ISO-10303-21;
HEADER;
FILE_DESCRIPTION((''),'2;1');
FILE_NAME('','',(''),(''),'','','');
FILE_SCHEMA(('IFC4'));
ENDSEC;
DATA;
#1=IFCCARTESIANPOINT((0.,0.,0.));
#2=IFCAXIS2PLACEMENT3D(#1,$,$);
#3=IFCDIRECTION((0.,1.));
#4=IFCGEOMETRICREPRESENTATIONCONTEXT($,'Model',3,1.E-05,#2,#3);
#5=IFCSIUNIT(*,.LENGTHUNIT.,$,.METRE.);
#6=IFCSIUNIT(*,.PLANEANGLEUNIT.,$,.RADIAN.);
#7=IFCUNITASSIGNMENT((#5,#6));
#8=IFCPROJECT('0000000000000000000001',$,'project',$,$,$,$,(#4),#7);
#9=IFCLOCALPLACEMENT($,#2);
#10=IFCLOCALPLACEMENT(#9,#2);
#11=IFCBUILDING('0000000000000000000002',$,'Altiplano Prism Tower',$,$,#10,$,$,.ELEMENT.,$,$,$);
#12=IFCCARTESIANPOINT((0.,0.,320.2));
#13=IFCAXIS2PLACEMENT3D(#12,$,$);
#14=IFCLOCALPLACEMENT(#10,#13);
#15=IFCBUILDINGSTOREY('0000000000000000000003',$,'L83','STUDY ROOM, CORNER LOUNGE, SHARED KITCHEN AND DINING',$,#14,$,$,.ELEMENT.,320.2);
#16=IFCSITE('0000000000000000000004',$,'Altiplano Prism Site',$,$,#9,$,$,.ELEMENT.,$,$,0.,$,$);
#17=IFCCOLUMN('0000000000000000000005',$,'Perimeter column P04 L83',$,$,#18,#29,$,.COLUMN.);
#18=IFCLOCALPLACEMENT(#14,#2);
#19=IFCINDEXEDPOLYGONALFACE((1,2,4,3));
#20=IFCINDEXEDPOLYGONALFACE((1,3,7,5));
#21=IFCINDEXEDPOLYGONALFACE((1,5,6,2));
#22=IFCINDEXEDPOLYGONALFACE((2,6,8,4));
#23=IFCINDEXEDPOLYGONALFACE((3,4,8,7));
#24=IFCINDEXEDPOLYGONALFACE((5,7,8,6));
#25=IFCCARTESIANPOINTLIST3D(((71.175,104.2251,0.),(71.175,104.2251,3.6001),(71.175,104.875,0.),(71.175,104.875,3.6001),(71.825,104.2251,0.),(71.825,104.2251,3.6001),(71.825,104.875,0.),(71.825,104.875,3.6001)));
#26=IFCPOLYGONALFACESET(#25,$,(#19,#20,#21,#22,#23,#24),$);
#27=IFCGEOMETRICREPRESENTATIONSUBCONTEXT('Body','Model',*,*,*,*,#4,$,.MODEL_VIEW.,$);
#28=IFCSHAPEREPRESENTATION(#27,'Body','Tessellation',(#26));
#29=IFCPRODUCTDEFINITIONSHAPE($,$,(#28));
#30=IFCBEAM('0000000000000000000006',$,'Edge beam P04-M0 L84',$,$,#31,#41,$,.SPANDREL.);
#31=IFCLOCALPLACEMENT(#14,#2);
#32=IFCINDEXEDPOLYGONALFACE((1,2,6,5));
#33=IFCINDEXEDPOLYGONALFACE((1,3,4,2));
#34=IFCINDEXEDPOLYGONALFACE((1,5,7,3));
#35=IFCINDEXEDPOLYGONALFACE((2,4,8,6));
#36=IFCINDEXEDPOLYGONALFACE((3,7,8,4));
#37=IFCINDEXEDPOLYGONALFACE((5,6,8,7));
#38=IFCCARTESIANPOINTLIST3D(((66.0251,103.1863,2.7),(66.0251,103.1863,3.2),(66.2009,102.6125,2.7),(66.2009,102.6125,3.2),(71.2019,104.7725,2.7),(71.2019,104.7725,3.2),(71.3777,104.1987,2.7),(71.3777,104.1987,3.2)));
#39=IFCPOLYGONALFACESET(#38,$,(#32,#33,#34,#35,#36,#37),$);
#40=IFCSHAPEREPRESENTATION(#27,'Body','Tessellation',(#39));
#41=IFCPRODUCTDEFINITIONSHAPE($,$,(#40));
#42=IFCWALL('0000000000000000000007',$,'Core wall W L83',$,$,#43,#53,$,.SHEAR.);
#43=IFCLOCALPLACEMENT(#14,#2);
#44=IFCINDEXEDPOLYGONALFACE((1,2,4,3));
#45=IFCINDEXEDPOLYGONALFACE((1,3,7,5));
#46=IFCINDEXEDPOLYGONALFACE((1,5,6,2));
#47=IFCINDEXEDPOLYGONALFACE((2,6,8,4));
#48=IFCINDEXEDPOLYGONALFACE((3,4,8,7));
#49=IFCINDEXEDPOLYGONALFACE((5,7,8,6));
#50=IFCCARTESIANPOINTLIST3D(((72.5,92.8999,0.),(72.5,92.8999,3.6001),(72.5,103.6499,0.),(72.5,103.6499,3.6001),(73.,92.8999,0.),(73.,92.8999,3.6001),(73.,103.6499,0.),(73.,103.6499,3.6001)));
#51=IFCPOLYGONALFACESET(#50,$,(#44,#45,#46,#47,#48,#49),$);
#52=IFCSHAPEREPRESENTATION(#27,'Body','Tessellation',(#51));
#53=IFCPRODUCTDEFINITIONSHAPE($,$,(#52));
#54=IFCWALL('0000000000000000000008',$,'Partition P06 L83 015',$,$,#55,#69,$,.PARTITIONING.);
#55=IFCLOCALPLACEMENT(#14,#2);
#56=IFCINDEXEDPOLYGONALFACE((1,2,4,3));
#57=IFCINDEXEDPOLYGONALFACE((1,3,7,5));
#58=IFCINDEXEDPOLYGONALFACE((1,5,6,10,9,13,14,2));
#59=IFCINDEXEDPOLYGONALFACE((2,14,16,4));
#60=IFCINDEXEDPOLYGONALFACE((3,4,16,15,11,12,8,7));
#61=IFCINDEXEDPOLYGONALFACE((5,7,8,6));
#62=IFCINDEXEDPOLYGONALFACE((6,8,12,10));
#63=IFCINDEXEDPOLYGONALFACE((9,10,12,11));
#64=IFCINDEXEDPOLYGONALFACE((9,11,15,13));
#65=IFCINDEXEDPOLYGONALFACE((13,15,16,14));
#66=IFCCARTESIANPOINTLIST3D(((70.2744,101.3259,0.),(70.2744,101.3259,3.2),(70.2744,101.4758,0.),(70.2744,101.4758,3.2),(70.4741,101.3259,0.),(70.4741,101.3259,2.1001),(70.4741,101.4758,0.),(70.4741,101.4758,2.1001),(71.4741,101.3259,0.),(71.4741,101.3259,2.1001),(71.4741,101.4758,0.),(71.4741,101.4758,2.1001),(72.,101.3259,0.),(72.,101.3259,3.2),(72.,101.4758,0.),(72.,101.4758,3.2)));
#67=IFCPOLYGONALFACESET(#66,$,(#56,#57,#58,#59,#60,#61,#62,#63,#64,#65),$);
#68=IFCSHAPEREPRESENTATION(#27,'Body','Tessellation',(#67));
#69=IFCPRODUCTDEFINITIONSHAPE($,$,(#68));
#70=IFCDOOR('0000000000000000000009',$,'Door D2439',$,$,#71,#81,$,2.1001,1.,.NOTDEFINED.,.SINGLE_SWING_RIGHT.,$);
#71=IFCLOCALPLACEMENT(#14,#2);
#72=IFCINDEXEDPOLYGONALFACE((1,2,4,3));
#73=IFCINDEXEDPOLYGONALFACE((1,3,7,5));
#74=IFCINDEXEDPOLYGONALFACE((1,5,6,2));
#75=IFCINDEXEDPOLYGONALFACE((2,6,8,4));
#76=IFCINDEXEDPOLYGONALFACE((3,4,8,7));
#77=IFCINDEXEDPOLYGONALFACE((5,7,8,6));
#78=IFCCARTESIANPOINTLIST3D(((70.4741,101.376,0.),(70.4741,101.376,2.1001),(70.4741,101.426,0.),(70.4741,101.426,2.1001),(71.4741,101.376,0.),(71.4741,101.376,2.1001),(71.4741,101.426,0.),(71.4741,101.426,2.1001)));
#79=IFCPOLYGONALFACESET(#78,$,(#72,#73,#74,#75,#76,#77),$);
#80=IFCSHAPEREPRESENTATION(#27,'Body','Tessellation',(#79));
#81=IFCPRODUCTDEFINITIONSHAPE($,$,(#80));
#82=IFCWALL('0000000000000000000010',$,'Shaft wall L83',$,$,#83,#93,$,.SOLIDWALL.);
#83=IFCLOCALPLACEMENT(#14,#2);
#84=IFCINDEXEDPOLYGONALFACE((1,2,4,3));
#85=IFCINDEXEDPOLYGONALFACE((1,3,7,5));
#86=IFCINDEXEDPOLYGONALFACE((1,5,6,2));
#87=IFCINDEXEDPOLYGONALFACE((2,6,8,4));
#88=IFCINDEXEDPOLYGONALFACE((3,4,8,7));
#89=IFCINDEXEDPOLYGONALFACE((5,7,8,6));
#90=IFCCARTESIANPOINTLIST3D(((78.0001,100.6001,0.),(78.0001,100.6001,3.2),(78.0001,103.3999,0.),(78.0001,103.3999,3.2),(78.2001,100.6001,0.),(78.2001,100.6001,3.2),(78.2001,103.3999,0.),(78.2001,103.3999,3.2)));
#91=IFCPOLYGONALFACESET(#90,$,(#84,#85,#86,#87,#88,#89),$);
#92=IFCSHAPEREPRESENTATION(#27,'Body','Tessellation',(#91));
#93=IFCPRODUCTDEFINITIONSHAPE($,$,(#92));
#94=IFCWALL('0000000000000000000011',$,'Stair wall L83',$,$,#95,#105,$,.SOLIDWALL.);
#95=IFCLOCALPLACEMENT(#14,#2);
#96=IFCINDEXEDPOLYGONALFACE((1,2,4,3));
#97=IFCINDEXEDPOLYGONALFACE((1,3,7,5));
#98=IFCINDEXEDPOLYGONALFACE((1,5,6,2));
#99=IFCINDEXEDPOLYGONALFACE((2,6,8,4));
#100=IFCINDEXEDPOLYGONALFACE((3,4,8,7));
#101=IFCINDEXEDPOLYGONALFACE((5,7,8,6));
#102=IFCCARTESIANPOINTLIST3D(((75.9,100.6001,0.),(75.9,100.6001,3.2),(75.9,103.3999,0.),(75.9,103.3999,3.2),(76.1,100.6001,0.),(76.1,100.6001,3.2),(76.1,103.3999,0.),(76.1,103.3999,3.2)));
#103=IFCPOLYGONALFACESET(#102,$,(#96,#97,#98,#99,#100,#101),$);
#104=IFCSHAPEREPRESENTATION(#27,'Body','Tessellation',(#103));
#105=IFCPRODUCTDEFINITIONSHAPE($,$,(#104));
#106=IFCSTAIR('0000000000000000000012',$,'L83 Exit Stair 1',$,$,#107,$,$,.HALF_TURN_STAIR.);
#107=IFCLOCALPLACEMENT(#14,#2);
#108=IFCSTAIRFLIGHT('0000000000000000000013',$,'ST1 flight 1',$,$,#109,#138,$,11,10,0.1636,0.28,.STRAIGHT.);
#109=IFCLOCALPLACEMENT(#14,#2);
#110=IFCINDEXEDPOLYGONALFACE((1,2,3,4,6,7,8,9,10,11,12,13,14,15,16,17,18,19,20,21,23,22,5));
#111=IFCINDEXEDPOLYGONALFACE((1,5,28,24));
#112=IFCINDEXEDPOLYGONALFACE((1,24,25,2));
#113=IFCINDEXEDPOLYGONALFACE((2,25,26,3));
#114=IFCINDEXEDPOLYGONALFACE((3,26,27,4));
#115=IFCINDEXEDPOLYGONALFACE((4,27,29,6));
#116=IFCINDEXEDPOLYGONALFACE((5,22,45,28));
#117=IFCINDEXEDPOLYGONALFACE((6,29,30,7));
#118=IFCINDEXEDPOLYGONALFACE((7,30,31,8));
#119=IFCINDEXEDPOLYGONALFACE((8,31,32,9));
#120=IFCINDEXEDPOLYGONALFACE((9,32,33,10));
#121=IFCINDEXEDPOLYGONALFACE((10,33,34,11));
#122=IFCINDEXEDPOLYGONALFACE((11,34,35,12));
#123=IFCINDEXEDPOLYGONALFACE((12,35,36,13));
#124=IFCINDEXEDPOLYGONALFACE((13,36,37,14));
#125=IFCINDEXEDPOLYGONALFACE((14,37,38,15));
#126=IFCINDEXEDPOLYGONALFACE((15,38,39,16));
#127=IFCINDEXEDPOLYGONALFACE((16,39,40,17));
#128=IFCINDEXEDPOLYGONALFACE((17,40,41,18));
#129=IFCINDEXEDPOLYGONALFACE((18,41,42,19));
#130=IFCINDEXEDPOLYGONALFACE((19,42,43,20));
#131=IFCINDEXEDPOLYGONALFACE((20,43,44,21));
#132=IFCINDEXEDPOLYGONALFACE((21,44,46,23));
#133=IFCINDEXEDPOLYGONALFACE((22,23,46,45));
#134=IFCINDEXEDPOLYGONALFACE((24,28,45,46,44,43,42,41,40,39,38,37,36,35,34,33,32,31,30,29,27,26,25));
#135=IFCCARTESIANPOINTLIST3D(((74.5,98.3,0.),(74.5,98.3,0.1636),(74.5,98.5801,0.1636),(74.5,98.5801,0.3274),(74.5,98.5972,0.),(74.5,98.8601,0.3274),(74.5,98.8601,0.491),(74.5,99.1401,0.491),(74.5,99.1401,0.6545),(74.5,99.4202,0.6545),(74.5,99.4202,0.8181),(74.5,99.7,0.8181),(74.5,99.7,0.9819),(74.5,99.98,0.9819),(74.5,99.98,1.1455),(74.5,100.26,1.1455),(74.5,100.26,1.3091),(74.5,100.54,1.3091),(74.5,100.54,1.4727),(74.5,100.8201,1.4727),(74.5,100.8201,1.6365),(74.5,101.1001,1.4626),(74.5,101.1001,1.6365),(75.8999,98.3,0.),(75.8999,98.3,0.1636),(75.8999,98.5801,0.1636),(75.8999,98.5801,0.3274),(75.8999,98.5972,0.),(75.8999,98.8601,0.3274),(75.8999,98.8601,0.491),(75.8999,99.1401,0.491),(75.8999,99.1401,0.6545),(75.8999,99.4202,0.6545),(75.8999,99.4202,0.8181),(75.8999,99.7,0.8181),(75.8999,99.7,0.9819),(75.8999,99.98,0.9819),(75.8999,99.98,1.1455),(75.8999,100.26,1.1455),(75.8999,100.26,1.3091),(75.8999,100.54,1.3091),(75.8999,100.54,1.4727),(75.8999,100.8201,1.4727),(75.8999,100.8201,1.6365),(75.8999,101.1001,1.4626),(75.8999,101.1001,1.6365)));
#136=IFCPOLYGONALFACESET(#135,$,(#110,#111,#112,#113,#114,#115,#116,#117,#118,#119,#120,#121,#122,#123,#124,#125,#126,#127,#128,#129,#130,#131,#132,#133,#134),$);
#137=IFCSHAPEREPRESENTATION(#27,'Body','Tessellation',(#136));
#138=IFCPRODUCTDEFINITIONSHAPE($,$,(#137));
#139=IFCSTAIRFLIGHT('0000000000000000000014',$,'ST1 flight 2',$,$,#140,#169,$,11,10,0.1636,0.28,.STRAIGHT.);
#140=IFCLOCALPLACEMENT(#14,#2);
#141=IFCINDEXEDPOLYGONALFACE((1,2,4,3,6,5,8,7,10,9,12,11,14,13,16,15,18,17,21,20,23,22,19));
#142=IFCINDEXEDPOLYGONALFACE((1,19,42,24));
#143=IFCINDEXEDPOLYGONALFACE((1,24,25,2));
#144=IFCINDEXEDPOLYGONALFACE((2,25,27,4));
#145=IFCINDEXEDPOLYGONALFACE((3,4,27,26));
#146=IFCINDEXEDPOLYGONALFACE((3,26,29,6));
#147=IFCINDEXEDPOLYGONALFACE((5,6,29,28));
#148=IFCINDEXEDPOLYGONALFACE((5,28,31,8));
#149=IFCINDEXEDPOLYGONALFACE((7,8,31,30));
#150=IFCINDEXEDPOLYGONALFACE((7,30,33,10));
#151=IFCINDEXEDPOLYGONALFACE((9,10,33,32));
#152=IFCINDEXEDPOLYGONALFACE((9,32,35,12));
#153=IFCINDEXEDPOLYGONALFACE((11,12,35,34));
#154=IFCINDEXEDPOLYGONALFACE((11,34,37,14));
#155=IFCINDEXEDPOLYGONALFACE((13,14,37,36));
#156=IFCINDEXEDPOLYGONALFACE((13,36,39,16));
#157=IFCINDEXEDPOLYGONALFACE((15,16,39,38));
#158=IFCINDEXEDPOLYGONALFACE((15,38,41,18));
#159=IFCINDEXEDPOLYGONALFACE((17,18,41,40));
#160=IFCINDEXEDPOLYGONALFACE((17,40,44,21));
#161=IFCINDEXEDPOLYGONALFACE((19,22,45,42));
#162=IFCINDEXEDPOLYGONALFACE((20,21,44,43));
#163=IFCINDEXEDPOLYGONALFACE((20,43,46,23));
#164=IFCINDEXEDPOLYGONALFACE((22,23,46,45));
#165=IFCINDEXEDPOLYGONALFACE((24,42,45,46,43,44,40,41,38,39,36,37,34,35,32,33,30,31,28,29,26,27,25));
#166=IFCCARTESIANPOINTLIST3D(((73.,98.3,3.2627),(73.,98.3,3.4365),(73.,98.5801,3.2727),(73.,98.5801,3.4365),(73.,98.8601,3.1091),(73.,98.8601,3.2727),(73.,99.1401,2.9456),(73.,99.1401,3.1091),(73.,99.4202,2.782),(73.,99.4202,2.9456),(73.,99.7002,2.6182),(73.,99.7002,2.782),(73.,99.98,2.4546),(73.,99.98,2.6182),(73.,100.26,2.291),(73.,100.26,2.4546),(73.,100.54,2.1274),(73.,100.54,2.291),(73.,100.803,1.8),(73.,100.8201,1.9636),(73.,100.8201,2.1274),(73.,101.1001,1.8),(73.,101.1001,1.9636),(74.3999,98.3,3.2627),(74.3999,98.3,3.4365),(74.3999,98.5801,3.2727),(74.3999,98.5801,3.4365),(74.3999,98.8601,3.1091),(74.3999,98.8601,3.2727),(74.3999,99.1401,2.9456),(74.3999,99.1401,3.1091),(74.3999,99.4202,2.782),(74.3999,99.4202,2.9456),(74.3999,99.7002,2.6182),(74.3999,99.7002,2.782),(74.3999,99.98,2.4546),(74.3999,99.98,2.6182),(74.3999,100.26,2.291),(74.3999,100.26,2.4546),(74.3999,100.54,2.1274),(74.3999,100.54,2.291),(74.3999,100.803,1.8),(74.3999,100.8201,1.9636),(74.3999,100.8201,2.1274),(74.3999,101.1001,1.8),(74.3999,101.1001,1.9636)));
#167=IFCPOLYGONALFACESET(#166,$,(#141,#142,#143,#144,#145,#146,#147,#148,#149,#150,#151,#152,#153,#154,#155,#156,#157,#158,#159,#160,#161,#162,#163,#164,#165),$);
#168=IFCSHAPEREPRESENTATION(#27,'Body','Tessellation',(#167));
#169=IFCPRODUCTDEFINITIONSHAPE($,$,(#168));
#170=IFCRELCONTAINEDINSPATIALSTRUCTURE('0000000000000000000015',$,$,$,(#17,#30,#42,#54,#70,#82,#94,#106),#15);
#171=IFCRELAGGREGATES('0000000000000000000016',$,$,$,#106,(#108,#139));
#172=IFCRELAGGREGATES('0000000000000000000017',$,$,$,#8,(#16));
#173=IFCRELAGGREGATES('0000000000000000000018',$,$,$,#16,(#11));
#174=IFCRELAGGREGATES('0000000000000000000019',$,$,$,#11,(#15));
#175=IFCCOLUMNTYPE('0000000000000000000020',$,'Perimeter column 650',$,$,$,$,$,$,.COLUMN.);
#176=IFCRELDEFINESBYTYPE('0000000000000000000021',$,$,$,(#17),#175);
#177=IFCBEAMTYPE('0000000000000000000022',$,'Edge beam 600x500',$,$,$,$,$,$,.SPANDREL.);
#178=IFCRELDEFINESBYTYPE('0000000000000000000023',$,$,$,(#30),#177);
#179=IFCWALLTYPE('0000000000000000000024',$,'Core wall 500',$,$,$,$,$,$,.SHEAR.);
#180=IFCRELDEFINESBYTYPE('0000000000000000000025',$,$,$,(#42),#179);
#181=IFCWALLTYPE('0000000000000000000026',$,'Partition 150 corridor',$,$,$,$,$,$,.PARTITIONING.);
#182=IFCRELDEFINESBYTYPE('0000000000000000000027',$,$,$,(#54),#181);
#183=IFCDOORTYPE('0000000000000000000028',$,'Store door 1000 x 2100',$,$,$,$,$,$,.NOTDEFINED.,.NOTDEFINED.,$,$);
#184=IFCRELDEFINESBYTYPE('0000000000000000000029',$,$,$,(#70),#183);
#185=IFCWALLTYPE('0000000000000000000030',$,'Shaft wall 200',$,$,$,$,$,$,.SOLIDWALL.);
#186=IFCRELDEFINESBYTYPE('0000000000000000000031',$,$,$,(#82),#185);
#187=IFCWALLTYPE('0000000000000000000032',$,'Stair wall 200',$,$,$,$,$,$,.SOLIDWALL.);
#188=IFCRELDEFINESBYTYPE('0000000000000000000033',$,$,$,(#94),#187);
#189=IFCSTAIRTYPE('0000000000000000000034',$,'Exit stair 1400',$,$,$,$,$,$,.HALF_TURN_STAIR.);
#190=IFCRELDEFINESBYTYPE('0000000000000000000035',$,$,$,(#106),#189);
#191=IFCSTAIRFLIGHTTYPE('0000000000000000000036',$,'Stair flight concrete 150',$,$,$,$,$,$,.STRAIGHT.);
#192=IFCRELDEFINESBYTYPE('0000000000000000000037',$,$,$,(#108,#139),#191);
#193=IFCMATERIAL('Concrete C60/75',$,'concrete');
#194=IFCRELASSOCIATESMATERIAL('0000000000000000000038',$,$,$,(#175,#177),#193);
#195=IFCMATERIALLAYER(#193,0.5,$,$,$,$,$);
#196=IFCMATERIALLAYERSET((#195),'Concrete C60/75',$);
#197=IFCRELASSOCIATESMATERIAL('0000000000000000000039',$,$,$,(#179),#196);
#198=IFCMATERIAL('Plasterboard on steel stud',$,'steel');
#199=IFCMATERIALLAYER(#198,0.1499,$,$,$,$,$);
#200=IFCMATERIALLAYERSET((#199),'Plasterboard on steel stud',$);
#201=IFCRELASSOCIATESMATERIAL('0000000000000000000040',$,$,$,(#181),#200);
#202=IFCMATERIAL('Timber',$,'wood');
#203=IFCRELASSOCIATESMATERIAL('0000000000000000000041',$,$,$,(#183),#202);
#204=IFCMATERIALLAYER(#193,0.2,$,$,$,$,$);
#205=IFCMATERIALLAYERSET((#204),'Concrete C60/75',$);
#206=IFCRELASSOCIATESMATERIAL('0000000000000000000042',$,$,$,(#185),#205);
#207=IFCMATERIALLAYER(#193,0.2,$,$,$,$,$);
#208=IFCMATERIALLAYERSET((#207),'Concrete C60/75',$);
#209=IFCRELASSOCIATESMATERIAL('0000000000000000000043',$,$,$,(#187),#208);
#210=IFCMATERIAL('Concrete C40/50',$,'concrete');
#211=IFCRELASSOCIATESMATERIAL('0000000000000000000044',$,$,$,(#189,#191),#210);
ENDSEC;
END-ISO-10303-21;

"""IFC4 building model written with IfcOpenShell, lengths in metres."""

from ifc_helpers import new_model, si_unit, direction, frame, frame_2d, origin, origin_2d, place, context, subcontext, project, spatial, polyline, rectangle, outline, extrude, material, layer, layer_set, material_profile, profile_set, type_object, element, fill, aggregate, save


model = new_model("IFC4")

# Units and contexts
model_context = context("Model", 3, precision=1e-05, world=origin(), true_north=direction((0.0, 1.0)))
body_context = subcontext(model_context, "Body", "Model", "MODEL_VIEW")
ifc_project = project(units=[si_unit("LENGTHUNIT", "METRE"), si_unit("PLANEANGLEUNIT", "RADIAN")], contexts=[model_context])

# Site, building, storey
site_placement = place(None, origin())
site = spatial("IfcSite", under=ifc_project, at=site_placement, Name="Altiplano Prism Site", CompositionType="ELEMENT", RefElevation=0.0)
building_placement = place(site_placement, origin())
building = spatial("IfcBuilding", under=site, at=building_placement, Name="Altiplano Prism Tower", CompositionType="ELEMENT")
storey_placement = place(building_placement, frame((0.0, 0.0, 320.2)))
storey = spatial("IfcBuildingStorey", under=building, at=storey_placement, Name="L83", Description="STUDY ROOM, CORNER LOUNGE, SHARED KITCHEN AND DINING", CompositionType="ELEMENT", Elevation=320.2)

# Column
ifc_material_1 = material(Name="Concrete C60/75", Category="concrete")
ifc_material_profile_1 = material_profile(ifc_material_1, rectangle(XDim=0.6499, YDim=0.6499, at=origin_2d()), Name="Perimeter column 650")
ifc_profile_set_1 = profile_set([ifc_material_profile_1], Name="Concrete C60/75")
column_type = type_object("IfcColumnType", Name="Perimeter column 650", PredefinedType="COLUMN", material=ifc_profile_set_1)
column_placement = place(storey_placement, frame((71.5, 104.55, 0.0), z_axis=(0.0, 0.0, 1.0), x_axis=(1.0, 0.0, 0.0)))
element("IfcColumn", 1, at=column_placement, inside=storey, type_object=column_type, Name="Perimeter column P04 L83", PredefinedType="COLUMN", context=body_context, shape_type="SweptSolid", body=[
    extrude(rectangle(XDim=0.6499, YDim=0.6499, at=origin_2d()), origin(), (0.0, 0.0, 1.0), 3.6001),
])

# Beam
ifc_material_profile_2 = material_profile(ifc_material_1, rectangle(XDim=0.6001, YDim=0.5, at=origin_2d()), Name="Edge beam 600x500")
ifc_profile_set_2 = profile_set([ifc_material_profile_2], Name="Concrete C60/75")
beam_type = type_object("IfcBeamType", Name="Edge beam 600x500", PredefinedType="SPANDREL", material=ifc_profile_set_2)
beam_placement = place(storey_placement, frame((71.2898, 104.4856, 2.95), z_axis=(-0.956124, -0.292961, 0.0), x_axis=(0.292961, -0.956124, 0.0)))
element("IfcBeam", 2, at=beam_placement, inside=storey, type_object=beam_type, Name="Edge beam P04-M0 L84", PredefinedType="SPANDREL", context=body_context, shape_type="SweptSolid", body=[
    extrude(rectangle(XDim=0.6001, YDim=0.5, at=origin_2d()), origin(), (0.0, 0.0, 1.0), 5.4143),
])

# Wall
ifc_layer_1 = layer(ifc_material_1, 0.5)
ifc_layer_set_1 = layer_set([ifc_layer_1], Name="Concrete C60/75")
wall_type_1 = type_object("IfcWallType", Name="Core wall 500", PredefinedType="SHEAR", material=ifc_layer_set_1)
wall_1_placement = place(storey_placement, frame((72.75, 103.6499, 0.0), z_axis=(0.0, 0.0, 1.0), x_axis=(0.0, -1.0, 0.0)))
element("IfcWall", 3, at=wall_1_placement, inside=storey, type_object=wall_type_1, Name="Core wall W L83", PredefinedType="SHEAR", context=body_context, shape_type="SweptSolid", body=[
    extrude(rectangle(XDim=10.75, YDim=0.5, at=frame_2d((5.375, 0.0))), origin(), (0.0, 0.0, 1.0), 3.6001),
])

# Wall, opening, door
ifc_material_2 = material(Name="Plasterboard on steel stud", Category="steel")
ifc_layer_2 = layer(ifc_material_2, 0.1499)
ifc_layer_set_2 = layer_set([ifc_layer_2], Name="Plasterboard on steel stud")
wall_type_2 = type_object("IfcWallType", Name="Partition 150 corridor", PredefinedType="PARTITIONING", material=ifc_layer_set_2)
wall_2_placement = place(storey_placement, frame((72.0, 101.4009, 0.0), z_axis=(0.0, 0.0, 1.0), x_axis=(-1.0, 0.0, 0.0)))
wall_2 = element("IfcWall", 4, at=wall_2_placement, inside=storey, type_object=wall_type_2, Name="Partition P06 L83 015", PredefinedType="PARTITIONING", context=body_context, shape_type="SweptSolid", body=[
    extrude(rectangle(XDim=1.7256, YDim=0.1499, at=frame_2d((0.8628, 0.0))), origin(), (0.0, 0.0, 1.0), 3.2),
])
opening_1_placement = place(wall_2_placement, frame((0.5259, 0.0, 0.0)))
opening_1 = element("IfcOpeningElement", 5, at=opening_1_placement, cuts=wall_2, PredefinedType="OPENING", context=body_context, shape_type="SweptSolid", body=[
    extrude(rectangle(XDim=1.0, YDim=2.1001, at=frame_2d((0.5, 1.05))), frame((0.0, 0.0854, 0.0), z_axis=(0.0, -1.0, 0.0), x_axis=(1.0, 0.0, 0.0)), (0.0, 0.0, 1.0), 0.1709),
])
ifc_material_3 = material(Name="Timber", Category="wood")
door_type_1 = type_object("IfcDoorType", Name="Store door 1000 x 2100", OperationType="NOTDEFINED", PredefinedType="NOTDEFINED", material=ifc_material_3)
door_1_placement = place(opening_1_placement, origin())
door_1 = element("IfcDoor", 6, at=door_1_placement, inside=storey, type_object=door_type_1, Name="Door D2439", OperationType="SINGLE_SWING_RIGHT", OverallHeight=2.1001, OverallWidth=1.0, PredefinedType="NOTDEFINED", context=body_context, shape_type="SweptSolid", body=[
    extrude(rectangle(XDim=1.0, YDim=2.1001, at=frame_2d((0.5, 1.05))), frame((0.0, 0.0249, 0.0), z_axis=(0.0, -1.0, 0.0), x_axis=(1.0, 0.0, 0.0)), (0.0, 0.0, 1.0), 0.05),
])
fill(opening_1, door_1)

# Wall
ifc_layer_3 = layer(ifc_material_1, 0.2)
ifc_layer_set_3 = layer_set([ifc_layer_3], Name="Concrete C60/75")
wall_type_3 = type_object("IfcWallType", Name="Shaft wall 200", PredefinedType="SOLIDWALL", material=ifc_layer_set_3)
wall_3_placement = place(storey_placement, frame((78.1001, 100.6001, 0.0), z_axis=(0.0, 0.0, 1.0), x_axis=(0.0, 1.0, 0.0)))
element("IfcWall", 7, at=wall_3_placement, inside=storey, type_object=wall_type_3, Name="Shaft wall L83", PredefinedType="SOLIDWALL", context=body_context, shape_type="SweptSolid", body=[
    extrude(rectangle(XDim=2.7998, YDim=0.2, at=frame_2d((1.3999, 0.0))), origin(), (0.0, 0.0, 1.0), 3.2),
])

# Shared definitions
ifc_layer_4 = layer(ifc_material_1, 0.2)
ifc_layer_set_4 = layer_set([ifc_layer_4], Name="Concrete C60/75")
wall_type_4 = type_object("IfcWallType", Name="Stair wall 200", PredefinedType="SOLIDWALL", material=ifc_layer_set_4)

# Wall
wall_4_placement = place(storey_placement, frame((76.0, 100.6001, 0.0), z_axis=(0.0, 0.0, 1.0), x_axis=(0.0, 1.0, 0.0)))
element("IfcWall", 8, at=wall_4_placement, inside=storey, type_object=wall_type_4, Name="Stair wall L83", PredefinedType="SOLIDWALL", context=body_context, shape_type="SweptSolid", body=[
    extrude(rectangle(XDim=2.7998, YDim=0.2, at=frame_2d((1.3999, 0.0))), origin(), (0.0, 0.0, 1.0), 3.2),
])

# Stair, stair flights
ifc_material_4 = material(Name="Concrete C40/50", Category="concrete")
stair_type = type_object("IfcStairType", Name="Exit stair 1400", PredefinedType="HALF_TURN_STAIR", material=ifc_material_4)
stair_placement = place(storey_placement, origin())
stair = element("IfcStair", 9, at=stair_placement, inside=storey, type_object=stair_type, Name="L83 Exit Stair 1", PredefinedType="HALF_TURN_STAIR")
stair_flight_type = type_object("IfcStairFlightType", Name="Stair flight concrete 150", PredefinedType="STRAIGHT", material=ifc_material_4)
stair_flight_1_placement = place(storey_placement, frame((75.2, 98.3, 0.0), z_axis=(0.0, 0.0, 1.0), x_axis=(0.0, 1.0, 0.0)))
stair_flight_1 = element("IfcStairFlight", 10, at=stair_flight_1_placement, type_object=stair_flight_type, Name="ST1 flight 1", NumberOfRisers=11, NumberOfTreads=10, PredefinedType="STRAIGHT", RiserHeight=0.1636, TreadLength=0.28, context=body_context, shape_type="SweptSolid", body=[
    extrude(outline(polyline([(0.0, 0.0), (0.0, 0.1636), (0.28, 0.1636), (0.28, 0.3274), (0.5601, 0.3274), (0.5601, 0.491), (0.8401, 0.491), (0.8401, 0.6545), (1.1201, 0.6545), (1.1201, 0.8181), (1.3999, 0.8181), (1.3999, 0.9819), (1.6799, 0.9819), (1.6799, 1.1455), (1.96, 1.1455), (1.96, 1.3091), (2.24, 1.3091), (2.24, 1.4727), (2.52, 1.4727), (2.52, 1.6365), (2.8, 1.6365), (2.8, 1.8), (2.8, 1.4626), (0.2971, 0.0), (0.0, 0.0)])), frame((0.0, 0.7, 0.0), z_axis=(0.0, -1.0, 0.0), x_axis=(1.0, 0.0, 0.0)), (0.0, 0.0, 1.0), 1.3999),
])
stair_flight_2_placement = place(storey_placement, frame((73.7, 101.1001, 1.8), z_axis=(0.0, 0.0, 1.0), x_axis=(0.0, -1.0, 0.0)))
stair_flight_2 = element("IfcStairFlight", 11, at=stair_flight_2_placement, type_object=stair_flight_type, Name="ST1 flight 2", NumberOfRisers=11, NumberOfTreads=10, PredefinedType="STRAIGHT", RiserHeight=0.1636, TreadLength=0.28, context=body_context, shape_type="SweptSolid", body=[
    extrude(outline(polyline([(0.0, 0.0), (0.0, 0.1636), (0.28, 0.1636), (0.28, 0.3274), (0.5601, 0.3274), (0.5601, 0.491), (0.8401, 0.491), (0.8401, 0.6545), (1.1201, 0.6545), (1.1201, 0.8181), (1.3999, 0.8181), (1.3999, 0.9819), (1.6799, 0.9819), (1.6799, 1.1455), (1.96, 1.1455), (1.96, 1.3091), (2.24, 1.3091), (2.24, 1.4727), (2.52, 1.4727), (2.52, 1.6365), (2.8, 1.6365), (2.8, 1.8), (2.8, 1.4626), (0.2971, 0.0), (0.0, 0.0)])), frame((0.0, 0.7, 0.0), z_axis=(0.0, -1.0, 0.0), x_axis=(1.0, 0.0, 0.0)), (0.0, 0.0, 1.0), 1.3999),
])
aggregate(stair, [stair_flight_1, stair_flight_2])

save(model, "model.ifc")
